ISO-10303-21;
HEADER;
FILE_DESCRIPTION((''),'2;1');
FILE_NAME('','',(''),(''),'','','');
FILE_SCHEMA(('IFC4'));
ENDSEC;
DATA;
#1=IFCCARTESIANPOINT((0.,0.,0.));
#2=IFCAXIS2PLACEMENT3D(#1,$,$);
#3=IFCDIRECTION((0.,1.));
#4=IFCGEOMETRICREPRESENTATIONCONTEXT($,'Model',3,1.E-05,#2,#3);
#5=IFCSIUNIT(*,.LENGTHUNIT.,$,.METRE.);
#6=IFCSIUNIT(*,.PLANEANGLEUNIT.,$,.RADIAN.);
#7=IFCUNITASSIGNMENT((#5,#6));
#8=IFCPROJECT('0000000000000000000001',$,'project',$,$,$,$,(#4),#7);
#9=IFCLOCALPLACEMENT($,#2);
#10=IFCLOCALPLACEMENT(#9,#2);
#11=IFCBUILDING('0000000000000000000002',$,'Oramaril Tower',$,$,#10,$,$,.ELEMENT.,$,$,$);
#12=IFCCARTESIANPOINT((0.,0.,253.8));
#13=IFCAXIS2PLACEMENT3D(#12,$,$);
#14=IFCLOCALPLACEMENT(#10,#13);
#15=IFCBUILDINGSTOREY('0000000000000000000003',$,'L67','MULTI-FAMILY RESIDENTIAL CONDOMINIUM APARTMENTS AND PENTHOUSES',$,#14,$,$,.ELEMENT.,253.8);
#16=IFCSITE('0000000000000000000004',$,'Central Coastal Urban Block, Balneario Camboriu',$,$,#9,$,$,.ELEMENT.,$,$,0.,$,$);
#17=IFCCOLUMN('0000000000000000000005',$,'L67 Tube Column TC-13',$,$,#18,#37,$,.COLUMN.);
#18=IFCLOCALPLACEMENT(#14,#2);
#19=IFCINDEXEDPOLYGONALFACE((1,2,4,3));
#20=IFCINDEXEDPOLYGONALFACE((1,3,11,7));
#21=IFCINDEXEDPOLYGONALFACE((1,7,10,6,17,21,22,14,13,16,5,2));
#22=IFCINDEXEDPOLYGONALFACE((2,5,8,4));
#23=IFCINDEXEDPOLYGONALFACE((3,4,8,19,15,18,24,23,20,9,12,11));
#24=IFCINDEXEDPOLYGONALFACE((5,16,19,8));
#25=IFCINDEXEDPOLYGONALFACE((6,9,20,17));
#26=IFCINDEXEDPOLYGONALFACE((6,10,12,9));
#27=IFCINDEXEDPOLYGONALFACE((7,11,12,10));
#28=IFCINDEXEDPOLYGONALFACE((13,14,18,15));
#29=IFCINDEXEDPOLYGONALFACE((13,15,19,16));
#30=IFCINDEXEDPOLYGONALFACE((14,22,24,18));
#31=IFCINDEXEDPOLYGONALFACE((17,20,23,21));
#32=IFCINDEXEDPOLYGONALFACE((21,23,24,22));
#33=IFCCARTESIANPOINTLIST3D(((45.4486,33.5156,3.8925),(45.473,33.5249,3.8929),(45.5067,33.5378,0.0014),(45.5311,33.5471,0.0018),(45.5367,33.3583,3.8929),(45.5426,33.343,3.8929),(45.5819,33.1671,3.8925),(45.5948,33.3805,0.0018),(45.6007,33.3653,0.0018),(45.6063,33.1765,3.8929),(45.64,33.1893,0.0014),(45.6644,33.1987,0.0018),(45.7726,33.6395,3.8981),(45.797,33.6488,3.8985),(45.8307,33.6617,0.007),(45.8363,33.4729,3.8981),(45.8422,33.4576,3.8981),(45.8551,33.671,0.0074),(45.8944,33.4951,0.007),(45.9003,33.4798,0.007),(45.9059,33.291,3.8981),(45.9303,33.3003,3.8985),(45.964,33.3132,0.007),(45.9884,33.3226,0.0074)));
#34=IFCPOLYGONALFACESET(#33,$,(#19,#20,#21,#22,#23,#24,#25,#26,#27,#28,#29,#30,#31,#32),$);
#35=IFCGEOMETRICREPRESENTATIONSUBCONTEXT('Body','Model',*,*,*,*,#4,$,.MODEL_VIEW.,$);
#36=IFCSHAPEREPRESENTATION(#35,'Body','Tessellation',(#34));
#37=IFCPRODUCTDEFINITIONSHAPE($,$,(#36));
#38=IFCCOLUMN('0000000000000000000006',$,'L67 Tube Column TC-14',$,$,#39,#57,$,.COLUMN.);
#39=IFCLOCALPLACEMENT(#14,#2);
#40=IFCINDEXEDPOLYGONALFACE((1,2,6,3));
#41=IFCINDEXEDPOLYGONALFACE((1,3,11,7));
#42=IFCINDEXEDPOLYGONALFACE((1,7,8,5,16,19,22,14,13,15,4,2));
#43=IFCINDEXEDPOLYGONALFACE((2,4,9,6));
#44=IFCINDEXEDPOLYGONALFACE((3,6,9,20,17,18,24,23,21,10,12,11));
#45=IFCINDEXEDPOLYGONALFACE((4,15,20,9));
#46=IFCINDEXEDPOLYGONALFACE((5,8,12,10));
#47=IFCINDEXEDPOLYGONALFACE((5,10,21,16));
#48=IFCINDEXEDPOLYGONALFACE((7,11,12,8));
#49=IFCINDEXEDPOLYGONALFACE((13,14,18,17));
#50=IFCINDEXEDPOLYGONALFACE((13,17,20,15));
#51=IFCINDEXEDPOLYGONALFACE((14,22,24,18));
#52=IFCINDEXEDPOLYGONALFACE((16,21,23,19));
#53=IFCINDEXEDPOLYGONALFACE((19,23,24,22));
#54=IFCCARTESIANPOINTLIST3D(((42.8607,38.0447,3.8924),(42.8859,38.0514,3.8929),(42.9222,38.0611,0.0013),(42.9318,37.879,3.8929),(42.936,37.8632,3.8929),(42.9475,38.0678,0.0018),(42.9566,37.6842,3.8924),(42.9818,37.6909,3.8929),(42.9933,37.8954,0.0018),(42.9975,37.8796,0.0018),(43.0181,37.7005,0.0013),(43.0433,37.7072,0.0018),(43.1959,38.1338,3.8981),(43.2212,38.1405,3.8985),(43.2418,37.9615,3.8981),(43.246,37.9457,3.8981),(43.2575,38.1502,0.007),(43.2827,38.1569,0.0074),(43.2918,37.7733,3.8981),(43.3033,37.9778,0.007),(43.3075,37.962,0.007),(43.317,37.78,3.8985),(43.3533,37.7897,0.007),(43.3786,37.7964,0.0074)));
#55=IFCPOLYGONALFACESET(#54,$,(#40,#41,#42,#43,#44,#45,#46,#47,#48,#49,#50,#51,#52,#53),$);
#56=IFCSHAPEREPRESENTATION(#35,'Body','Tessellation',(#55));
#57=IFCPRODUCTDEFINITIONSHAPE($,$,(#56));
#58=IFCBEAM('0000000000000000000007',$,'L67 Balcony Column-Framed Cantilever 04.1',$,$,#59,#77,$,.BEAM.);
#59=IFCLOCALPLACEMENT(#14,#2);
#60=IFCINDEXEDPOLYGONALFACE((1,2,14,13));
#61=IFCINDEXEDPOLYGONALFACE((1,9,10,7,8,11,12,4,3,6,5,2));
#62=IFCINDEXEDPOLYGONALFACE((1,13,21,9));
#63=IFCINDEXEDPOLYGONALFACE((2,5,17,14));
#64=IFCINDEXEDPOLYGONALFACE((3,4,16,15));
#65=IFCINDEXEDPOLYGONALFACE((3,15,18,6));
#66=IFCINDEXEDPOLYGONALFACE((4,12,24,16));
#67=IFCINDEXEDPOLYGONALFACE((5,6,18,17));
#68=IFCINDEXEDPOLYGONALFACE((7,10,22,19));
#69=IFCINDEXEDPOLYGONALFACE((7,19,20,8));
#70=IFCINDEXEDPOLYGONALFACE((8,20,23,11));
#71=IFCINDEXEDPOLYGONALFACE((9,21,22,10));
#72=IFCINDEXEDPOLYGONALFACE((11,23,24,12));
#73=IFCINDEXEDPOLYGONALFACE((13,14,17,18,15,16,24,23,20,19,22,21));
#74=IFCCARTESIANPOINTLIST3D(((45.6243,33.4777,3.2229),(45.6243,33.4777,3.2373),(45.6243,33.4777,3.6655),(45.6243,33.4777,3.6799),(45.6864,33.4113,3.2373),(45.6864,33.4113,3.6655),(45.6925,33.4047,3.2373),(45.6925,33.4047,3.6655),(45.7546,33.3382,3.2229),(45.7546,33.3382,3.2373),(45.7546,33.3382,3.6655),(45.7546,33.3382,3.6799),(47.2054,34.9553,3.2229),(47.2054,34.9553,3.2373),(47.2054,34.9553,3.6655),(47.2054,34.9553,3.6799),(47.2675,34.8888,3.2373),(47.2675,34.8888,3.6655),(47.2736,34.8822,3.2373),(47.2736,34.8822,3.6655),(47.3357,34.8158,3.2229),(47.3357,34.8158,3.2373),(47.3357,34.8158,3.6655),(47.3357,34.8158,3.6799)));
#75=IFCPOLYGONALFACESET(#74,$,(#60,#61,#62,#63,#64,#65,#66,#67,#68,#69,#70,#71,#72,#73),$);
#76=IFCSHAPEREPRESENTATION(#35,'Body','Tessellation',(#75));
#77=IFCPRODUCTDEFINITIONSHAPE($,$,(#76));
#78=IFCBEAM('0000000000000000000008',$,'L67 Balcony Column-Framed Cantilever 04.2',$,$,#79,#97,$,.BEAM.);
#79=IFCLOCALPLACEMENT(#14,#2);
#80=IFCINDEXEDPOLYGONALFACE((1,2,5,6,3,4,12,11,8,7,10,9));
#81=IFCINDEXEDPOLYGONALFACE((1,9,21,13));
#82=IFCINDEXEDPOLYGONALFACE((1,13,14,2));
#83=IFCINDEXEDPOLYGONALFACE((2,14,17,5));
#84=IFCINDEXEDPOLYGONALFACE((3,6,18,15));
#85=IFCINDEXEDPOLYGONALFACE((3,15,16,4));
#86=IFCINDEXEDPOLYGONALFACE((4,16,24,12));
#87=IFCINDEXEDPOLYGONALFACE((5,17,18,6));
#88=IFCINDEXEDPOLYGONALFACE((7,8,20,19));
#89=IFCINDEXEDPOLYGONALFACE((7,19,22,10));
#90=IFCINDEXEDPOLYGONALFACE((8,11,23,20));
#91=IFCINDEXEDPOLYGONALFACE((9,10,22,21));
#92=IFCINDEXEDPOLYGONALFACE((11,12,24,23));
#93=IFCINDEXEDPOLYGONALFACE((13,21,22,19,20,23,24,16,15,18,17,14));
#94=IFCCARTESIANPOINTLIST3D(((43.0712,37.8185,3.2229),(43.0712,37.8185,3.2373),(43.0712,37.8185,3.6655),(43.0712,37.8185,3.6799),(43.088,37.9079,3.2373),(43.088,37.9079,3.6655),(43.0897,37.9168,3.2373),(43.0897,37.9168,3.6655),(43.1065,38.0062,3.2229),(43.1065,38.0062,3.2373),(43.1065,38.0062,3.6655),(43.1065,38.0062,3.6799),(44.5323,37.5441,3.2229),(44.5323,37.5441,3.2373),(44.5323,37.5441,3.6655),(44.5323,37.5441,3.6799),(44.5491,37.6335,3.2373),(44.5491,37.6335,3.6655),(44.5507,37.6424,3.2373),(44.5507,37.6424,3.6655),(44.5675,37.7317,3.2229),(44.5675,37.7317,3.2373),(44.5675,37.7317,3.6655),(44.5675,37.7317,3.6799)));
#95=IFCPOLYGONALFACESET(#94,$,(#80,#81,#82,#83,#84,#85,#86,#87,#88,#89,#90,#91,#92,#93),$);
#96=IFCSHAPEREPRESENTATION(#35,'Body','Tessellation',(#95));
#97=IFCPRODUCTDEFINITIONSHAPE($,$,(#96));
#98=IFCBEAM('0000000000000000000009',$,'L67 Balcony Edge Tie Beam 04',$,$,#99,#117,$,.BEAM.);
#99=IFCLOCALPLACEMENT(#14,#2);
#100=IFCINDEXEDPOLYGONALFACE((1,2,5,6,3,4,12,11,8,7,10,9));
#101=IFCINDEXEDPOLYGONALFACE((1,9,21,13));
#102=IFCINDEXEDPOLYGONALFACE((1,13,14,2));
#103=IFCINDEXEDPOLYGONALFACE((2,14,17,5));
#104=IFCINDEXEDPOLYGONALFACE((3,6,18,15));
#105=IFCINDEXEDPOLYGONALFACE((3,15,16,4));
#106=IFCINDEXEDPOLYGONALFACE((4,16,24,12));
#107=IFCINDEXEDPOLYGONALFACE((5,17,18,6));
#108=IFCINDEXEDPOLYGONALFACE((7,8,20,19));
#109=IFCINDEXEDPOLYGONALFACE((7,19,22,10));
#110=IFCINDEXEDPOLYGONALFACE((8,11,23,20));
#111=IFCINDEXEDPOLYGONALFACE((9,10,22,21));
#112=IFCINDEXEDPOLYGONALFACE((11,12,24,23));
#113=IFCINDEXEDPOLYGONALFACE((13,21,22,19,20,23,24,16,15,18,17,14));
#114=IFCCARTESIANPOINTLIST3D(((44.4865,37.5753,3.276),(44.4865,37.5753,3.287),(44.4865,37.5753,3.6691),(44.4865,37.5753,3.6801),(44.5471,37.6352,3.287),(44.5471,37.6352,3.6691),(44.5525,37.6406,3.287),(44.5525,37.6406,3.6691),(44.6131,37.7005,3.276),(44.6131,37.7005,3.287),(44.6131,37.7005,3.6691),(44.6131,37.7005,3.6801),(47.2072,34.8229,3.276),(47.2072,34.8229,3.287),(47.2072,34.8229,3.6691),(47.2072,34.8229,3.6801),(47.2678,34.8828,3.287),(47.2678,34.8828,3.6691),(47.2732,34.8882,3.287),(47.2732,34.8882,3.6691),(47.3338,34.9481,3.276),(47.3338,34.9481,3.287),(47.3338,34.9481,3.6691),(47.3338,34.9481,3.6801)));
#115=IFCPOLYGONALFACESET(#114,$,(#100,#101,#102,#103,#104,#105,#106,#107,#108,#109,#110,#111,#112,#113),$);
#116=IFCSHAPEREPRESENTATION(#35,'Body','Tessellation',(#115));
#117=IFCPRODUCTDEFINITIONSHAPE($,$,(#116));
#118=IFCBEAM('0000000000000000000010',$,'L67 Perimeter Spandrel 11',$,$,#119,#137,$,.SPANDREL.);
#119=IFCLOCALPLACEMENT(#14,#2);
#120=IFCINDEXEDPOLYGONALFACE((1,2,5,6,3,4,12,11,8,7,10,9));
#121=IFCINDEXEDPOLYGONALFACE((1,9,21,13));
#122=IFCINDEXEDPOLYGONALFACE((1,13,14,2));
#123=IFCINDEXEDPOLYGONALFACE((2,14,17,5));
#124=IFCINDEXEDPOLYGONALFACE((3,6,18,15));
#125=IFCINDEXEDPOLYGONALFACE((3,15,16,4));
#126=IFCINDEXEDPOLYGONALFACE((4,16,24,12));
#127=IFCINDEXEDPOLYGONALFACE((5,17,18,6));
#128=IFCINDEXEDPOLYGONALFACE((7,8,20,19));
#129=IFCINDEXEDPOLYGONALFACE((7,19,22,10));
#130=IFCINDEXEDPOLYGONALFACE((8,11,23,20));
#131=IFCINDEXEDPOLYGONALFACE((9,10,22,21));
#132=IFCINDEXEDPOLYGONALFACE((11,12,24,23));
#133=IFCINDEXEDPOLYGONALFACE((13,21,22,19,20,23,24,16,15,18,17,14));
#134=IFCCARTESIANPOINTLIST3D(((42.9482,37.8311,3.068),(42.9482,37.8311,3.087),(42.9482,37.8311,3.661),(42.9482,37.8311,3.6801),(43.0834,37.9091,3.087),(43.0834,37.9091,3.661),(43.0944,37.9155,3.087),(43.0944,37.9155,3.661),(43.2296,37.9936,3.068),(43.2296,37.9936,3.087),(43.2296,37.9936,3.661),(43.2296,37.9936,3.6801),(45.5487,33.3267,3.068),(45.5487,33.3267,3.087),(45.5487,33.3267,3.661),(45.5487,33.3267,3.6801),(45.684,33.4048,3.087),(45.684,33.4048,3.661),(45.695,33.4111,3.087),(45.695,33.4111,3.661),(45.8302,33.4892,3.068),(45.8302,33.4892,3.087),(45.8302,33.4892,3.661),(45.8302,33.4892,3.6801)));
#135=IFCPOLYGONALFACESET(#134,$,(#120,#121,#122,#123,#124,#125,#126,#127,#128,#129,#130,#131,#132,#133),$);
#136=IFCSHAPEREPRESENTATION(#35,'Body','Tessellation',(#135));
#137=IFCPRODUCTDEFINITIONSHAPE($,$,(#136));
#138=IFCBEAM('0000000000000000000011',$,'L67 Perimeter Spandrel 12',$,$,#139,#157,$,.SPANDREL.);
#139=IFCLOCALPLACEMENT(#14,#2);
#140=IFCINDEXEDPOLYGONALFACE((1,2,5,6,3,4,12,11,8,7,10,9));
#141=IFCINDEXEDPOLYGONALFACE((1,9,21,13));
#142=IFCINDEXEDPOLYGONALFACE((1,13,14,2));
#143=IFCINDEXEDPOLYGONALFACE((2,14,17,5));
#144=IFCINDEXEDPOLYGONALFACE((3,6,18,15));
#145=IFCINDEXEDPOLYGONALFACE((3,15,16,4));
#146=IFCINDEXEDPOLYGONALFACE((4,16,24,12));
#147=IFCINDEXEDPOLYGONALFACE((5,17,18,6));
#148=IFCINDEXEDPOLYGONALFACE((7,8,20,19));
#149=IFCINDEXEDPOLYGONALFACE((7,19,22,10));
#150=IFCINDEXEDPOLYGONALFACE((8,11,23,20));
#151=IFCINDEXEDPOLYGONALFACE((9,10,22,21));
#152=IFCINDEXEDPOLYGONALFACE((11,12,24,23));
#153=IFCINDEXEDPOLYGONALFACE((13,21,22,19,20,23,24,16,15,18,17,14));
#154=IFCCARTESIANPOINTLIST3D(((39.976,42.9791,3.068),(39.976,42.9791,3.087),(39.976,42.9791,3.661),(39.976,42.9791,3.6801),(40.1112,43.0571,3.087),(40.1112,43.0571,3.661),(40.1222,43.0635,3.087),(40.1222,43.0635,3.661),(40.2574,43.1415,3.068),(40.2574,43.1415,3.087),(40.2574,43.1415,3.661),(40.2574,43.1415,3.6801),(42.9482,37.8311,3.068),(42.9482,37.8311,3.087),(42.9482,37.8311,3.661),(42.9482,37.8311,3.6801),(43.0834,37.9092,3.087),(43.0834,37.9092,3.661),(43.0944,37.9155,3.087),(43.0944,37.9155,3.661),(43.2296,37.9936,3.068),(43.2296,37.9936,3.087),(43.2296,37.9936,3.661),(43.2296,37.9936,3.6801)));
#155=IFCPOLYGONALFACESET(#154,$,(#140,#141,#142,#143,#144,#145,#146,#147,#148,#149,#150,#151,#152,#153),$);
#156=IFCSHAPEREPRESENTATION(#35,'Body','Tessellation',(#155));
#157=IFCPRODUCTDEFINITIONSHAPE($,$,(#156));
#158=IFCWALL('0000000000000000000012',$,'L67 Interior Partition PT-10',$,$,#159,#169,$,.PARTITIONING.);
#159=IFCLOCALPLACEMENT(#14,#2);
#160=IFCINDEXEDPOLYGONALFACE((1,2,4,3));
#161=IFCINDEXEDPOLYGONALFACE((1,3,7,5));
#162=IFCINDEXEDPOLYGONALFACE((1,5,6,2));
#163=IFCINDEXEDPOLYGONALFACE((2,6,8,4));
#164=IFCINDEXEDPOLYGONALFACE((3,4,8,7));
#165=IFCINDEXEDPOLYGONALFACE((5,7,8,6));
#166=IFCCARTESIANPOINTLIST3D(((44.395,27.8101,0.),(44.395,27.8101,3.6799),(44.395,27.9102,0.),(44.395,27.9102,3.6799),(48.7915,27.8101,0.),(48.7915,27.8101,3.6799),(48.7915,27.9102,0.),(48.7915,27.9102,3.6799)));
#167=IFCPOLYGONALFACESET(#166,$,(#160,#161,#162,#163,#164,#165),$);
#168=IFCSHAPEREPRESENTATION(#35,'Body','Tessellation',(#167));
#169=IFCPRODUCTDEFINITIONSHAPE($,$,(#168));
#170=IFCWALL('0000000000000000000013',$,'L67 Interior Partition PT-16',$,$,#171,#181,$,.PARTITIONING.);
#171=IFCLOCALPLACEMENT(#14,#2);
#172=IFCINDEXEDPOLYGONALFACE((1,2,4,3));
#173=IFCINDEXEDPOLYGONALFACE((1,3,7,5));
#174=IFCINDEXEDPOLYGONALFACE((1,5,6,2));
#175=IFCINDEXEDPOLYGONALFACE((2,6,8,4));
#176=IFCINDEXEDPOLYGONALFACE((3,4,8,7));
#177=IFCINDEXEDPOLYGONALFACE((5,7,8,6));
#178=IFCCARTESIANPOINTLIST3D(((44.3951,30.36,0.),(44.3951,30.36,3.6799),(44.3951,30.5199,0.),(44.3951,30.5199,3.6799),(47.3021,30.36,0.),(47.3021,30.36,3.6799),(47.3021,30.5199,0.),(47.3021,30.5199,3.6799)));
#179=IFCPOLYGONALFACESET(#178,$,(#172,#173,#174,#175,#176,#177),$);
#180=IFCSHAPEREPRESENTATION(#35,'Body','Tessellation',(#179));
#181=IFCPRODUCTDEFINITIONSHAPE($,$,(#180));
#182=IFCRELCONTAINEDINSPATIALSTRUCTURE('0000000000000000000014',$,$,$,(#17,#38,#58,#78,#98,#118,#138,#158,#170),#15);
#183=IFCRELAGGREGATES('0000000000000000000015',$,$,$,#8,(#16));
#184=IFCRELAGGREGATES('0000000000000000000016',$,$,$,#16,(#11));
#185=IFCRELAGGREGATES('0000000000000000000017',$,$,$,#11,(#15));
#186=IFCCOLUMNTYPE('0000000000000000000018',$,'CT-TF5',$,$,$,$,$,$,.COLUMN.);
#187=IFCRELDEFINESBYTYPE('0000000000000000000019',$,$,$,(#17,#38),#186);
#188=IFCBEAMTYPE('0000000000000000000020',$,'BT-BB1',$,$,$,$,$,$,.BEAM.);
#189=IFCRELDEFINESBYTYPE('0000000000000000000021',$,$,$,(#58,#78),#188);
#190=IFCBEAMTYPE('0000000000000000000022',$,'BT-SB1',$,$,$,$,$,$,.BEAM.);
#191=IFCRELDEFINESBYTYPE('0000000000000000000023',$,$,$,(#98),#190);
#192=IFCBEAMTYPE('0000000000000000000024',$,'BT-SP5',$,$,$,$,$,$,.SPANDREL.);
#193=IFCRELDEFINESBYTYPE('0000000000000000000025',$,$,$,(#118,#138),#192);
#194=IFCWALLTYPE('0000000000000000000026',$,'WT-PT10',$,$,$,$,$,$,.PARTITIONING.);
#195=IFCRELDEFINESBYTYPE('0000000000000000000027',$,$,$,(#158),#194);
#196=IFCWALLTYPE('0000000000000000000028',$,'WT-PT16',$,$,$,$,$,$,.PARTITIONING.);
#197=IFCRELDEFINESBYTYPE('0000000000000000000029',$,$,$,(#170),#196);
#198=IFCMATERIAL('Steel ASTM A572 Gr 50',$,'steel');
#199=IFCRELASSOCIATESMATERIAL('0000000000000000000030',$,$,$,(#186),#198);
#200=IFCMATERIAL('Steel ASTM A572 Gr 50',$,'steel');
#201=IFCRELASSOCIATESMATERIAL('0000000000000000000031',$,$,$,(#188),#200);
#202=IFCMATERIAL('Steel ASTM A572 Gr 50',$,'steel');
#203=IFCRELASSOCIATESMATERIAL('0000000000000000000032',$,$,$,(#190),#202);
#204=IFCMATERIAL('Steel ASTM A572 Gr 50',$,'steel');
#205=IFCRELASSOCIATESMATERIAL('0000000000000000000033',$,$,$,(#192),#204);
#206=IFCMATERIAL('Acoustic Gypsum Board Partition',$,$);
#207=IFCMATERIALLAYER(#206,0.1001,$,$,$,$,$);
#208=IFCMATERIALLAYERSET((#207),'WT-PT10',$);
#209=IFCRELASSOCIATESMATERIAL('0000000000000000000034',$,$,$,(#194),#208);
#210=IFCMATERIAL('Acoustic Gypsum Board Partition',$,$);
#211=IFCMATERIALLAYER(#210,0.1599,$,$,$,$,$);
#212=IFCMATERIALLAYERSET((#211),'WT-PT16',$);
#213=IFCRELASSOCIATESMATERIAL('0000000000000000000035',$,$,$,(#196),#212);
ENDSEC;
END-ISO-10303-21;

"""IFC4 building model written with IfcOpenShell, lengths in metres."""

from ifc_helpers import new_model, si_unit, direction, frame, frame_2d, origin, origin_2d, place, context, subcontext, project, spatial, rectangle, i_section, extrude, material, layer, layer_set, material_profile, profile_set, type_object, element, save


model = new_model("IFC4")

# Units and contexts
model_context = context("Model", 3, precision=1e-05, world=origin(), true_north=direction((0.0, 1.0)))
body_context = subcontext(model_context, "Body", "Model", "MODEL_VIEW")
ifc_project = project(units=[si_unit("LENGTHUNIT", "METRE"), si_unit("PLANEANGLEUNIT", "RADIAN")], contexts=[model_context])

# Site, building, storey
site_placement = place(None, origin())
site = spatial("IfcSite", under=ifc_project, at=site_placement, Name="Central Coastal Urban Block, Balneario Camboriu", CompositionType="ELEMENT", RefElevation=0.0)
building_placement = place(site_placement, origin())
building = spatial("IfcBuilding", under=site, at=building_placement, Name="Oramaril Tower", CompositionType="ELEMENT")
storey_placement = place(building_placement, frame((0.0, 0.0, 253.8)))
storey = spatial("IfcBuildingStorey", under=building, at=storey_placement, Name="L67", Description="MULTI-FAMILY RESIDENTIAL CONDOMINIUM APARTMENTS AND PENTHOUSES", CompositionType="ELEMENT", Elevation=253.8)

# Columns
ifc_material_1 = material(Name="Steel ASTM A572 Gr 50", Category="steel")
ifc_material_profile_1 = material_profile(ifc_material_1, i_section(OverallWidth=0.373, OverallDepth=0.373, WebThickness=0.0164, FlangeThickness=0.0261, at=origin_2d()), Name="W14X132")
ifc_profile_set_1 = profile_set([ifc_material_profile_1], Name="Steel ASTM A572 Gr 50")
column_type = type_object("IfcColumnType", Name="CT-TF5", PredefinedType="COLUMN", material=ifc_profile_set_1)
for number, where, z_axis, x_axis, name in (
    (1, (45.7476, 33.4302, 0.0044), (-0.014931, -0.005709, 0.999872), (0.357137, -0.934052, 0.0), "L67 Tube Column TC-13"),
    (2, (43.1504, 37.9287, 0.0044), (-0.015809, -0.004203, 0.999866), (0.256946, -0.966426, 0.0), "L67 Tube Column TC-14"),
):
    element("IfcColumn", number, at=place(storey_placement, frame(where, z_axis=z_axis, x_axis=x_axis)), inside=storey, type_object=column_type, Name=name, PredefinedType="COLUMN", context=body_context, shape_type="SweptSolid", body=[
        extrude(i_section(OverallWidth=0.373, OverallDepth=0.373, WebThickness=0.0164, FlangeThickness=0.0261, at=origin_2d()), origin(), (0.0, 0.0, 1.0), 3.8916),
    ])

# Beams
ifc_material_2 = material(Name="Steel ASTM A572 Gr 50", Category="steel")
ifc_material_profile_2 = material_profile(ifc_material_2, i_section(OverallWidth=0.1909, OverallDepth=0.457, WebThickness=0.009, FlangeThickness=0.0144, at=origin_2d()), Name="W18X50")
ifc_profile_set_2 = profile_set([ifc_material_profile_2], Name="Steel ASTM A572 Gr 50")
beam_type_1 = type_object("IfcBeamType", Name="BT-BB1", PredefinedType="BEAM", material=ifc_profile_set_2)
beam_1_placement = place(storey_placement, frame((45.6895, 33.408, 3.4514), z_axis=(0.73062, 0.682784, 0.0), x_axis=(-0.682784, 0.73062, 0.0)))
element("IfcBeam", 3, at=beam_1_placement, inside=storey, type_object=beam_type_1, Name="L67 Balcony Column-Framed Cantilever 04.1", PredefinedType="BEAM", context=body_context, shape_type="SweptSolid", body=[
    extrude(i_section(OverallWidth=0.1909, OverallDepth=0.457, WebThickness=0.009, FlangeThickness=0.0144, at=origin_2d()), origin(), (0.0, 0.0, 1.0), 2.1641),
])
beam_2_placement = place(storey_placement, frame((43.0889, 37.9124, 3.4514), z_axis=(0.982813, -0.184606, 0.0), x_axis=(0.184606, 0.982813, 0.0)))
element("IfcBeam", 4, at=beam_2_placement, inside=storey, type_object=beam_type_1, Name="L67 Balcony Column-Framed Cantilever 04.2", PredefinedType="BEAM", context=body_context, shape_type="SweptSolid", body=[
    extrude(i_section(OverallWidth=0.1909, OverallDepth=0.457, WebThickness=0.009, FlangeThickness=0.0144, at=origin_2d()), origin(), (0.0, 0.0, 1.0), 1.4866),
])
ifc_material_3 = material(Name="Steel ASTM A572 Gr 50", Category="steel")
ifc_material_profile_3 = material_profile(ifc_material_3, i_section(OverallWidth=0.178, OverallDepth=0.4041, WebThickness=0.0076, FlangeThickness=0.011, at=origin_2d()), Name="W16X36")
ifc_profile_set_3 = profile_set([ifc_material_profile_3], Name="Steel ASTM A572 Gr 50")
beam_type_2 = type_object("IfcBeamType", Name="BT-SB1", PredefinedType="BEAM", material=ifc_profile_set_3)
beam_3_placement = place(storey_placement, frame((47.2705, 34.8855, 3.478), z_axis=(-0.702995, 0.711195, 0.0), x_axis=(-0.711195, -0.702995, 0.0)))
element("IfcBeam", 5, at=beam_3_placement, inside=storey, type_object=beam_type_2, Name="L67 Balcony Edge Tie Beam 04", PredefinedType="BEAM", context=body_context, shape_type="SweptSolid", body=[
    extrude(i_section(OverallWidth=0.178, OverallDepth=0.4041, WebThickness=0.0076, FlangeThickness=0.011, at=origin_2d()), origin(), (0.0, 0.0, 1.0), 3.8701),
])
ifc_material_4 = material(Name="Steel ASTM A572 Gr 50", Category="steel")
ifc_material_profile_4 = material_profile(ifc_material_4, i_section(OverallWidth=0.325, OverallDepth=0.6121, WebThickness=0.0127, FlangeThickness=0.019, at=origin_2d()), Name="W24X104")
ifc_profile_set_4 = profile_set([ifc_material_profile_4], Name="Steel ASTM A572 Gr 50")
beam_type_3 = type_object("IfcBeamType", Name="BT-SP5", PredefinedType="SPANDREL", material=ifc_profile_set_4)
beam_4_placement = place(storey_placement, frame((45.6895, 33.408, 3.374), z_axis=(-0.499996, 0.866028, 0.0), x_axis=(-0.866028, -0.499996, 0.0)))
element("IfcBeam", 6, at=beam_4_placement, inside=storey, type_object=beam_type_3, Name="L67 Perimeter Spandrel 11", PredefinedType="SPANDREL", context=body_context, shape_type="SweptSolid", body=[
    extrude(i_section(OverallWidth=0.325, OverallDepth=0.6121, WebThickness=0.0127, FlangeThickness=0.019, at=origin_2d()), origin(), (0.0, 0.0, 1.0), 5.2012),
])
beam_5_placement = place(storey_placement, frame((43.0889, 37.9124, 3.374), z_axis=(-0.5, 0.866026, 0.0), x_axis=(-0.866026, -0.5, 0.0)))
element("IfcBeam", 7, at=beam_5_placement, inside=storey, type_object=beam_type_3, Name="L67 Perimeter Spandrel 12", PredefinedType="SPANDREL", context=body_context, shape_type="SweptSolid", body=[
    extrude(i_section(OverallWidth=0.325, OverallDepth=0.6121, WebThickness=0.0127, FlangeThickness=0.019, at=origin_2d()), origin(), (0.0, 0.0, 1.0), 5.9443),
])

# Walls
ifc_material_5 = material(Name="Acoustic Gypsum Board Partition")
ifc_layer_1 = layer(ifc_material_5, 0.1001)
ifc_layer_set_1 = layer_set([ifc_layer_1], Name="WT-PT10")
wall_type_1 = type_object("IfcWallType", Name="WT-PT10", PredefinedType="PARTITIONING", material=ifc_layer_set_1)
wall_1_placement = place(storey_placement, frame((44.395, 27.8601, 0.0), z_axis=(0.0, 0.0, 1.0), x_axis=(1.0, 0.0, 0.0)))
element("IfcWall", 8, at=wall_1_placement, inside=storey, type_object=wall_type_1, Name="L67 Interior Partition PT-10", PredefinedType="PARTITIONING", context=body_context, shape_type="SweptSolid", body=[
    extrude(rectangle(XDim=4.3965, YDim=0.1001, at=frame_2d((2.1982, 0.0))), origin(), (0.0, 0.0, 1.0), 3.6799),
])
ifc_material_6 = material(Name="Acoustic Gypsum Board Partition")
ifc_layer_2 = layer(ifc_material_6, 0.1599)
ifc_layer_set_2 = layer_set([ifc_layer_2], Name="WT-PT16")
wall_type_2 = type_object("IfcWallType", Name="WT-PT16", PredefinedType="PARTITIONING", material=ifc_layer_set_2)
wall_2_placement = place(storey_placement, frame((44.395, 30.4399, 0.0), z_axis=(0.0, 0.0, 1.0), x_axis=(1.0, 0.0, 0.0)))
element("IfcWall", 9, at=wall_2_placement, inside=storey, type_object=wall_type_2, Name="L67 Interior Partition PT-16", PredefinedType="PARTITIONING", context=body_context, shape_type="SweptSolid", body=[
    extrude(rectangle(XDim=2.907, YDim=0.1599, at=frame_2d((1.4536, 0.0))), origin(), (0.0, 0.0, 1.0), 3.6799),
])

save(model, "model.ifc")
